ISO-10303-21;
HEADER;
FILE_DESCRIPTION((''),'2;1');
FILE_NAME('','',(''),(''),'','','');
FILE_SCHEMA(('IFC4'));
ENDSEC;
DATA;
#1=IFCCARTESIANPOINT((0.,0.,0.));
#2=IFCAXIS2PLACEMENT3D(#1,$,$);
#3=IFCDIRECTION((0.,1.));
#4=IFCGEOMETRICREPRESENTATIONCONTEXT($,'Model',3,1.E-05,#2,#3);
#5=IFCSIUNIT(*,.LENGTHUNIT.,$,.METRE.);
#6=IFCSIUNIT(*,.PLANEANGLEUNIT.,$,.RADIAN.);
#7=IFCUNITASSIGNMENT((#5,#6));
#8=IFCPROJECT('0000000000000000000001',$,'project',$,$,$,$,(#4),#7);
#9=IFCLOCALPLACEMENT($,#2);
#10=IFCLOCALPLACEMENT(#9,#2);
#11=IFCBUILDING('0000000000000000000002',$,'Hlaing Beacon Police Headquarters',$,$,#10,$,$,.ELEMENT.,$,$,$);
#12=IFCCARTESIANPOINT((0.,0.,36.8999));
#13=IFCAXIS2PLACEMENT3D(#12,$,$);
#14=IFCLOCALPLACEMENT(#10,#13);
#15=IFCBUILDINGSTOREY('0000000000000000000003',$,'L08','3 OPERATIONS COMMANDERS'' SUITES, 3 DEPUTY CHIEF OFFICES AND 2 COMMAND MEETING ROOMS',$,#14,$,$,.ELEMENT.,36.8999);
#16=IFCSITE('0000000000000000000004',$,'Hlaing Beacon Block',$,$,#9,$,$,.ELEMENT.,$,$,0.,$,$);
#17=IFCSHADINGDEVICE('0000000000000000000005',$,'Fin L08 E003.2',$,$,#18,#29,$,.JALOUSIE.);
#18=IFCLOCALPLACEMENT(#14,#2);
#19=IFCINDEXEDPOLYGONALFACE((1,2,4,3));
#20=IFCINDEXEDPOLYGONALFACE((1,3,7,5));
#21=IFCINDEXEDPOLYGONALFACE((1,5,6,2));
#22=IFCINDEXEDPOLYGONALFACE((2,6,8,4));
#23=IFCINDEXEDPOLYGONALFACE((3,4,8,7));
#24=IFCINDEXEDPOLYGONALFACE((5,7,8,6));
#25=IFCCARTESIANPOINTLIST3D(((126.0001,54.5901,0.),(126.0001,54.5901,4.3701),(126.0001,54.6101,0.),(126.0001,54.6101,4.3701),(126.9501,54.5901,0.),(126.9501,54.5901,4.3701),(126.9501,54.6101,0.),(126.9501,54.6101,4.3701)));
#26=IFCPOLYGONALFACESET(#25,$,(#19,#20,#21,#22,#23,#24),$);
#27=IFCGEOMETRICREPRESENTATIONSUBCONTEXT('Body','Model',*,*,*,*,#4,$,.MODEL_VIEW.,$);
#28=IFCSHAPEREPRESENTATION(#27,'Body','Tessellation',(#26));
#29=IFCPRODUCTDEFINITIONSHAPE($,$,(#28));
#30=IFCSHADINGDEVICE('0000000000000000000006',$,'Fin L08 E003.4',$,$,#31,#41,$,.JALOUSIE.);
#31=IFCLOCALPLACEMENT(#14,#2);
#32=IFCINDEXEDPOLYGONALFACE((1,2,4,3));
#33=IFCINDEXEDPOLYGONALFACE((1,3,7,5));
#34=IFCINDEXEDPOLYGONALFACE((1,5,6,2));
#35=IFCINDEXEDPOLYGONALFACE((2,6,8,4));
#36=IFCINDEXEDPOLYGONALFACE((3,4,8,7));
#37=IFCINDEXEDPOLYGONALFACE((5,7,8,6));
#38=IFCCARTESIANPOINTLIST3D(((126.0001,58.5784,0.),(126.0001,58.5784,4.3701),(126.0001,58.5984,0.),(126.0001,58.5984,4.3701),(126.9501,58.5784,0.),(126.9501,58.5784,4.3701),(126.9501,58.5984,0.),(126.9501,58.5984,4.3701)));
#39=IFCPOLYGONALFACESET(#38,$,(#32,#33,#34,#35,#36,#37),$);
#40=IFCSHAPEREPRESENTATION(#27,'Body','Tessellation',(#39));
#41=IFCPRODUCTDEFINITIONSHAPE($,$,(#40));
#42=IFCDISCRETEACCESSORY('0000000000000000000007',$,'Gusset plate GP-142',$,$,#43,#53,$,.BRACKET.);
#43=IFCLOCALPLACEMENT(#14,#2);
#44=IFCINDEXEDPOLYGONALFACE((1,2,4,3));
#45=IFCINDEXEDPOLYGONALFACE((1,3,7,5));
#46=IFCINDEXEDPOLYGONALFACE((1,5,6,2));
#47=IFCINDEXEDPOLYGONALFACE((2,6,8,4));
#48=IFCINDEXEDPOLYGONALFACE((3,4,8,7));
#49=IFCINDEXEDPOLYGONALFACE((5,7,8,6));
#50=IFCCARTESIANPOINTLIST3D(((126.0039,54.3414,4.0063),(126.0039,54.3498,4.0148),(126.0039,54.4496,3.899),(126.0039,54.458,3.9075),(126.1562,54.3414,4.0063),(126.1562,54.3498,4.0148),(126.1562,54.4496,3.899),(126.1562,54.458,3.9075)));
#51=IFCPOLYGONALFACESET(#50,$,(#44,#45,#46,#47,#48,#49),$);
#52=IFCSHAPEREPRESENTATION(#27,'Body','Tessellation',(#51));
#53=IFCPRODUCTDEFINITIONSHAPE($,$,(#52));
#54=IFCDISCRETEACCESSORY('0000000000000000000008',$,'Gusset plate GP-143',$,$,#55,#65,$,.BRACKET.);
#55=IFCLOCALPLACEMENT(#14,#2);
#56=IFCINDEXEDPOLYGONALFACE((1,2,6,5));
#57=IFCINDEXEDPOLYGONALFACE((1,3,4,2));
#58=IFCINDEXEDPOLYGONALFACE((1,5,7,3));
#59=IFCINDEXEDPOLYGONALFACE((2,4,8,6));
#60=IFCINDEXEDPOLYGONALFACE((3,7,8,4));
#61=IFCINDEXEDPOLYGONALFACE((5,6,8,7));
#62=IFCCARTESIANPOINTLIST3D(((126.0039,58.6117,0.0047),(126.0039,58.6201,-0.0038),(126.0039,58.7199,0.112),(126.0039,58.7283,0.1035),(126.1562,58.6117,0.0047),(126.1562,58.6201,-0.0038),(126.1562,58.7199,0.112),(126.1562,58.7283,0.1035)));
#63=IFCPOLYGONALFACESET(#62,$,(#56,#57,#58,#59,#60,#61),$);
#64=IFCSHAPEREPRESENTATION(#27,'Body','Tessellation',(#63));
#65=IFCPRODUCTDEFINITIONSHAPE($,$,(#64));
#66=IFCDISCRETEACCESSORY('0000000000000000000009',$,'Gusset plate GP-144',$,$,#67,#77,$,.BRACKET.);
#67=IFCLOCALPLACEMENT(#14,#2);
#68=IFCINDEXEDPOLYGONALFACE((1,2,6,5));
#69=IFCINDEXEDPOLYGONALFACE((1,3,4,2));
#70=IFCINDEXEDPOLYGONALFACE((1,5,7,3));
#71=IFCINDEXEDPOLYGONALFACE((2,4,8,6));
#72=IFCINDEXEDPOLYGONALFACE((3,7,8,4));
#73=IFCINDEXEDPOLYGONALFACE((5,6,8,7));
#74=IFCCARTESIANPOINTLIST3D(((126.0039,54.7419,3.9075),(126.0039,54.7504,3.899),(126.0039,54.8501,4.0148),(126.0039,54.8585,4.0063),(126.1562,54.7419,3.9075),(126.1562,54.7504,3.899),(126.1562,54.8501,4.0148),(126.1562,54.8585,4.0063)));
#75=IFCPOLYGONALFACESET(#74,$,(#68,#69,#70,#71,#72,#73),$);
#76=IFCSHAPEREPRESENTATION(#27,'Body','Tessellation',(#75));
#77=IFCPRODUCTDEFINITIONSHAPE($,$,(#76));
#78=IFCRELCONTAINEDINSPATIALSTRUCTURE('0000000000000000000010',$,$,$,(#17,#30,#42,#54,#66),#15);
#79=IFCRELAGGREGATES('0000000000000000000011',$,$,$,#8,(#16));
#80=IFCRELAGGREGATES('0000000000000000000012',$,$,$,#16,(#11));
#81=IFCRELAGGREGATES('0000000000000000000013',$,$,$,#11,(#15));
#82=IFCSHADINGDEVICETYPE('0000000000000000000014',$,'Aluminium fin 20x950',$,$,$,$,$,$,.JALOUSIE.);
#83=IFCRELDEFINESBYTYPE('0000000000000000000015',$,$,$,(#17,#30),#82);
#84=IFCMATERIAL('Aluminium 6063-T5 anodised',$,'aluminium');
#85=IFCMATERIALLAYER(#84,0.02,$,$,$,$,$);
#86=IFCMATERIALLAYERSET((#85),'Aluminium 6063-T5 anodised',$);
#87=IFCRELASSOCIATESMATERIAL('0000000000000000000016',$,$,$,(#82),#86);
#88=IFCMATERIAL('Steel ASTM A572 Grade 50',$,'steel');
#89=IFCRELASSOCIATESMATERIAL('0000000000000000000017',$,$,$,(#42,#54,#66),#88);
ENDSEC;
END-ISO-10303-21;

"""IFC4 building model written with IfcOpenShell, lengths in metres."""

from ifc_helpers import new_model, si_unit, direction, frame, origin, origin_2d, place, context, subcontext, project, spatial, rectangle, extrude, material, layer, layer_set, type_object, element, save


model = new_model("IFC4")

# Units and contexts
model_context = context("Model", 3, precision=1e-05, world=origin(), true_north=direction((0.0, 1.0)))
body_context = subcontext(model_context, "Body", "Model", "MODEL_VIEW")
ifc_project = project(units=[si_unit("LENGTHUNIT", "METRE"), si_unit("PLANEANGLEUNIT", "RADIAN")], contexts=[model_context])

# Site, building, storey
site_placement = place(None, origin())
site = spatial("IfcSite", under=ifc_project, at=site_placement, Name="Hlaing Beacon Block", CompositionType="ELEMENT", RefElevation=0.0)
building_placement = place(site_placement, origin())
building = spatial("IfcBuilding", under=site, at=building_placement, Name="Hlaing Beacon Police Headquarters", CompositionType="ELEMENT")
storey_placement = place(building_placement, frame((0.0, 0.0, 36.8999)))
storey = spatial("IfcBuildingStorey", under=building, at=storey_placement, Name="L08", Description="3 OPERATIONS COMMANDERS' SUITES, 3 DEPUTY CHIEF OFFICES AND 2 COMMAND MEETING ROOMS", CompositionType="ELEMENT", Elevation=36.8999)

# Shading devices
ifc_material_1 = material(Name="Aluminium 6063-T5 anodised", Category="aluminium")
ifc_layer_1 = layer(ifc_material_1, 0.02)
ifc_layer_set_1 = layer_set([ifc_layer_1], Name="Aluminium 6063-T5 anodised")
shading_device_type = type_object("IfcShadingDeviceType", Name="Aluminium fin 20x950", PredefinedType="JALOUSIE", material=ifc_layer_set_1)
for number, where, z_axis, x_axis, name in (
    (1, (126.4751, 54.6001, 0.0), (0.0, 0.0, 1.0), (0.0, 1.0, 0.0), "Fin L08 E003.2"),
    (2, (126.4751, 58.5884, 0.0), (0.0, 0.0, 1.0), (0.0, 1.0, 0.0), "Fin L08 E003.4"),
):
    element("IfcShadingDevice", number, at=place(storey_placement, frame(where, z_axis=z_axis, x_axis=x_axis)), inside=storey, type_object=shading_device_type, Name=name, PredefinedType="JALOUSIE", context=body_context, shape_type="SweptSolid", body=[
        extrude(rectangle(XDim=0.02, YDim=0.95, at=origin_2d()), origin(), (0.0, 0.0, 1.0), 4.3701),
    ])

# Discrete accessories
ifc_material_2 = material(Name="Steel ASTM A572 Grade 50", Category="steel")
for number, where, z_axis, x_axis, name in (
    (3, (126.0801, 54.3955, 3.9526), (0.0, 0.704102, 0.710099), (-1.0, 0.0, 0.0), "Gusset plate GP-142"),
    (4, (126.0801, 58.6658, 0.0583), (0.0, 0.704102, -0.710099), (-1.0, 0.0, 0.0), "Gusset plate GP-143"),
    (5, (126.0801, 54.8044, 3.9526), (0.0, -0.704102, 0.710099), (1.0, 0.0, 0.0), "Gusset plate GP-144"),
):
    element("IfcDiscreteAccessory", number, at=place(storey_placement, frame(where, z_axis=z_axis, x_axis=x_axis)), inside=storey, material=ifc_material_2, Name=name, PredefinedType="BRACKET", context=body_context, shape_type="SweptSolid", body=[
        extrude(rectangle(XDim=0.1523, YDim=0.1523, at=origin_2d()), origin(), (0.0, 0.0, 1.0), 0.012),
    ])

save(model, "model.ifc")
